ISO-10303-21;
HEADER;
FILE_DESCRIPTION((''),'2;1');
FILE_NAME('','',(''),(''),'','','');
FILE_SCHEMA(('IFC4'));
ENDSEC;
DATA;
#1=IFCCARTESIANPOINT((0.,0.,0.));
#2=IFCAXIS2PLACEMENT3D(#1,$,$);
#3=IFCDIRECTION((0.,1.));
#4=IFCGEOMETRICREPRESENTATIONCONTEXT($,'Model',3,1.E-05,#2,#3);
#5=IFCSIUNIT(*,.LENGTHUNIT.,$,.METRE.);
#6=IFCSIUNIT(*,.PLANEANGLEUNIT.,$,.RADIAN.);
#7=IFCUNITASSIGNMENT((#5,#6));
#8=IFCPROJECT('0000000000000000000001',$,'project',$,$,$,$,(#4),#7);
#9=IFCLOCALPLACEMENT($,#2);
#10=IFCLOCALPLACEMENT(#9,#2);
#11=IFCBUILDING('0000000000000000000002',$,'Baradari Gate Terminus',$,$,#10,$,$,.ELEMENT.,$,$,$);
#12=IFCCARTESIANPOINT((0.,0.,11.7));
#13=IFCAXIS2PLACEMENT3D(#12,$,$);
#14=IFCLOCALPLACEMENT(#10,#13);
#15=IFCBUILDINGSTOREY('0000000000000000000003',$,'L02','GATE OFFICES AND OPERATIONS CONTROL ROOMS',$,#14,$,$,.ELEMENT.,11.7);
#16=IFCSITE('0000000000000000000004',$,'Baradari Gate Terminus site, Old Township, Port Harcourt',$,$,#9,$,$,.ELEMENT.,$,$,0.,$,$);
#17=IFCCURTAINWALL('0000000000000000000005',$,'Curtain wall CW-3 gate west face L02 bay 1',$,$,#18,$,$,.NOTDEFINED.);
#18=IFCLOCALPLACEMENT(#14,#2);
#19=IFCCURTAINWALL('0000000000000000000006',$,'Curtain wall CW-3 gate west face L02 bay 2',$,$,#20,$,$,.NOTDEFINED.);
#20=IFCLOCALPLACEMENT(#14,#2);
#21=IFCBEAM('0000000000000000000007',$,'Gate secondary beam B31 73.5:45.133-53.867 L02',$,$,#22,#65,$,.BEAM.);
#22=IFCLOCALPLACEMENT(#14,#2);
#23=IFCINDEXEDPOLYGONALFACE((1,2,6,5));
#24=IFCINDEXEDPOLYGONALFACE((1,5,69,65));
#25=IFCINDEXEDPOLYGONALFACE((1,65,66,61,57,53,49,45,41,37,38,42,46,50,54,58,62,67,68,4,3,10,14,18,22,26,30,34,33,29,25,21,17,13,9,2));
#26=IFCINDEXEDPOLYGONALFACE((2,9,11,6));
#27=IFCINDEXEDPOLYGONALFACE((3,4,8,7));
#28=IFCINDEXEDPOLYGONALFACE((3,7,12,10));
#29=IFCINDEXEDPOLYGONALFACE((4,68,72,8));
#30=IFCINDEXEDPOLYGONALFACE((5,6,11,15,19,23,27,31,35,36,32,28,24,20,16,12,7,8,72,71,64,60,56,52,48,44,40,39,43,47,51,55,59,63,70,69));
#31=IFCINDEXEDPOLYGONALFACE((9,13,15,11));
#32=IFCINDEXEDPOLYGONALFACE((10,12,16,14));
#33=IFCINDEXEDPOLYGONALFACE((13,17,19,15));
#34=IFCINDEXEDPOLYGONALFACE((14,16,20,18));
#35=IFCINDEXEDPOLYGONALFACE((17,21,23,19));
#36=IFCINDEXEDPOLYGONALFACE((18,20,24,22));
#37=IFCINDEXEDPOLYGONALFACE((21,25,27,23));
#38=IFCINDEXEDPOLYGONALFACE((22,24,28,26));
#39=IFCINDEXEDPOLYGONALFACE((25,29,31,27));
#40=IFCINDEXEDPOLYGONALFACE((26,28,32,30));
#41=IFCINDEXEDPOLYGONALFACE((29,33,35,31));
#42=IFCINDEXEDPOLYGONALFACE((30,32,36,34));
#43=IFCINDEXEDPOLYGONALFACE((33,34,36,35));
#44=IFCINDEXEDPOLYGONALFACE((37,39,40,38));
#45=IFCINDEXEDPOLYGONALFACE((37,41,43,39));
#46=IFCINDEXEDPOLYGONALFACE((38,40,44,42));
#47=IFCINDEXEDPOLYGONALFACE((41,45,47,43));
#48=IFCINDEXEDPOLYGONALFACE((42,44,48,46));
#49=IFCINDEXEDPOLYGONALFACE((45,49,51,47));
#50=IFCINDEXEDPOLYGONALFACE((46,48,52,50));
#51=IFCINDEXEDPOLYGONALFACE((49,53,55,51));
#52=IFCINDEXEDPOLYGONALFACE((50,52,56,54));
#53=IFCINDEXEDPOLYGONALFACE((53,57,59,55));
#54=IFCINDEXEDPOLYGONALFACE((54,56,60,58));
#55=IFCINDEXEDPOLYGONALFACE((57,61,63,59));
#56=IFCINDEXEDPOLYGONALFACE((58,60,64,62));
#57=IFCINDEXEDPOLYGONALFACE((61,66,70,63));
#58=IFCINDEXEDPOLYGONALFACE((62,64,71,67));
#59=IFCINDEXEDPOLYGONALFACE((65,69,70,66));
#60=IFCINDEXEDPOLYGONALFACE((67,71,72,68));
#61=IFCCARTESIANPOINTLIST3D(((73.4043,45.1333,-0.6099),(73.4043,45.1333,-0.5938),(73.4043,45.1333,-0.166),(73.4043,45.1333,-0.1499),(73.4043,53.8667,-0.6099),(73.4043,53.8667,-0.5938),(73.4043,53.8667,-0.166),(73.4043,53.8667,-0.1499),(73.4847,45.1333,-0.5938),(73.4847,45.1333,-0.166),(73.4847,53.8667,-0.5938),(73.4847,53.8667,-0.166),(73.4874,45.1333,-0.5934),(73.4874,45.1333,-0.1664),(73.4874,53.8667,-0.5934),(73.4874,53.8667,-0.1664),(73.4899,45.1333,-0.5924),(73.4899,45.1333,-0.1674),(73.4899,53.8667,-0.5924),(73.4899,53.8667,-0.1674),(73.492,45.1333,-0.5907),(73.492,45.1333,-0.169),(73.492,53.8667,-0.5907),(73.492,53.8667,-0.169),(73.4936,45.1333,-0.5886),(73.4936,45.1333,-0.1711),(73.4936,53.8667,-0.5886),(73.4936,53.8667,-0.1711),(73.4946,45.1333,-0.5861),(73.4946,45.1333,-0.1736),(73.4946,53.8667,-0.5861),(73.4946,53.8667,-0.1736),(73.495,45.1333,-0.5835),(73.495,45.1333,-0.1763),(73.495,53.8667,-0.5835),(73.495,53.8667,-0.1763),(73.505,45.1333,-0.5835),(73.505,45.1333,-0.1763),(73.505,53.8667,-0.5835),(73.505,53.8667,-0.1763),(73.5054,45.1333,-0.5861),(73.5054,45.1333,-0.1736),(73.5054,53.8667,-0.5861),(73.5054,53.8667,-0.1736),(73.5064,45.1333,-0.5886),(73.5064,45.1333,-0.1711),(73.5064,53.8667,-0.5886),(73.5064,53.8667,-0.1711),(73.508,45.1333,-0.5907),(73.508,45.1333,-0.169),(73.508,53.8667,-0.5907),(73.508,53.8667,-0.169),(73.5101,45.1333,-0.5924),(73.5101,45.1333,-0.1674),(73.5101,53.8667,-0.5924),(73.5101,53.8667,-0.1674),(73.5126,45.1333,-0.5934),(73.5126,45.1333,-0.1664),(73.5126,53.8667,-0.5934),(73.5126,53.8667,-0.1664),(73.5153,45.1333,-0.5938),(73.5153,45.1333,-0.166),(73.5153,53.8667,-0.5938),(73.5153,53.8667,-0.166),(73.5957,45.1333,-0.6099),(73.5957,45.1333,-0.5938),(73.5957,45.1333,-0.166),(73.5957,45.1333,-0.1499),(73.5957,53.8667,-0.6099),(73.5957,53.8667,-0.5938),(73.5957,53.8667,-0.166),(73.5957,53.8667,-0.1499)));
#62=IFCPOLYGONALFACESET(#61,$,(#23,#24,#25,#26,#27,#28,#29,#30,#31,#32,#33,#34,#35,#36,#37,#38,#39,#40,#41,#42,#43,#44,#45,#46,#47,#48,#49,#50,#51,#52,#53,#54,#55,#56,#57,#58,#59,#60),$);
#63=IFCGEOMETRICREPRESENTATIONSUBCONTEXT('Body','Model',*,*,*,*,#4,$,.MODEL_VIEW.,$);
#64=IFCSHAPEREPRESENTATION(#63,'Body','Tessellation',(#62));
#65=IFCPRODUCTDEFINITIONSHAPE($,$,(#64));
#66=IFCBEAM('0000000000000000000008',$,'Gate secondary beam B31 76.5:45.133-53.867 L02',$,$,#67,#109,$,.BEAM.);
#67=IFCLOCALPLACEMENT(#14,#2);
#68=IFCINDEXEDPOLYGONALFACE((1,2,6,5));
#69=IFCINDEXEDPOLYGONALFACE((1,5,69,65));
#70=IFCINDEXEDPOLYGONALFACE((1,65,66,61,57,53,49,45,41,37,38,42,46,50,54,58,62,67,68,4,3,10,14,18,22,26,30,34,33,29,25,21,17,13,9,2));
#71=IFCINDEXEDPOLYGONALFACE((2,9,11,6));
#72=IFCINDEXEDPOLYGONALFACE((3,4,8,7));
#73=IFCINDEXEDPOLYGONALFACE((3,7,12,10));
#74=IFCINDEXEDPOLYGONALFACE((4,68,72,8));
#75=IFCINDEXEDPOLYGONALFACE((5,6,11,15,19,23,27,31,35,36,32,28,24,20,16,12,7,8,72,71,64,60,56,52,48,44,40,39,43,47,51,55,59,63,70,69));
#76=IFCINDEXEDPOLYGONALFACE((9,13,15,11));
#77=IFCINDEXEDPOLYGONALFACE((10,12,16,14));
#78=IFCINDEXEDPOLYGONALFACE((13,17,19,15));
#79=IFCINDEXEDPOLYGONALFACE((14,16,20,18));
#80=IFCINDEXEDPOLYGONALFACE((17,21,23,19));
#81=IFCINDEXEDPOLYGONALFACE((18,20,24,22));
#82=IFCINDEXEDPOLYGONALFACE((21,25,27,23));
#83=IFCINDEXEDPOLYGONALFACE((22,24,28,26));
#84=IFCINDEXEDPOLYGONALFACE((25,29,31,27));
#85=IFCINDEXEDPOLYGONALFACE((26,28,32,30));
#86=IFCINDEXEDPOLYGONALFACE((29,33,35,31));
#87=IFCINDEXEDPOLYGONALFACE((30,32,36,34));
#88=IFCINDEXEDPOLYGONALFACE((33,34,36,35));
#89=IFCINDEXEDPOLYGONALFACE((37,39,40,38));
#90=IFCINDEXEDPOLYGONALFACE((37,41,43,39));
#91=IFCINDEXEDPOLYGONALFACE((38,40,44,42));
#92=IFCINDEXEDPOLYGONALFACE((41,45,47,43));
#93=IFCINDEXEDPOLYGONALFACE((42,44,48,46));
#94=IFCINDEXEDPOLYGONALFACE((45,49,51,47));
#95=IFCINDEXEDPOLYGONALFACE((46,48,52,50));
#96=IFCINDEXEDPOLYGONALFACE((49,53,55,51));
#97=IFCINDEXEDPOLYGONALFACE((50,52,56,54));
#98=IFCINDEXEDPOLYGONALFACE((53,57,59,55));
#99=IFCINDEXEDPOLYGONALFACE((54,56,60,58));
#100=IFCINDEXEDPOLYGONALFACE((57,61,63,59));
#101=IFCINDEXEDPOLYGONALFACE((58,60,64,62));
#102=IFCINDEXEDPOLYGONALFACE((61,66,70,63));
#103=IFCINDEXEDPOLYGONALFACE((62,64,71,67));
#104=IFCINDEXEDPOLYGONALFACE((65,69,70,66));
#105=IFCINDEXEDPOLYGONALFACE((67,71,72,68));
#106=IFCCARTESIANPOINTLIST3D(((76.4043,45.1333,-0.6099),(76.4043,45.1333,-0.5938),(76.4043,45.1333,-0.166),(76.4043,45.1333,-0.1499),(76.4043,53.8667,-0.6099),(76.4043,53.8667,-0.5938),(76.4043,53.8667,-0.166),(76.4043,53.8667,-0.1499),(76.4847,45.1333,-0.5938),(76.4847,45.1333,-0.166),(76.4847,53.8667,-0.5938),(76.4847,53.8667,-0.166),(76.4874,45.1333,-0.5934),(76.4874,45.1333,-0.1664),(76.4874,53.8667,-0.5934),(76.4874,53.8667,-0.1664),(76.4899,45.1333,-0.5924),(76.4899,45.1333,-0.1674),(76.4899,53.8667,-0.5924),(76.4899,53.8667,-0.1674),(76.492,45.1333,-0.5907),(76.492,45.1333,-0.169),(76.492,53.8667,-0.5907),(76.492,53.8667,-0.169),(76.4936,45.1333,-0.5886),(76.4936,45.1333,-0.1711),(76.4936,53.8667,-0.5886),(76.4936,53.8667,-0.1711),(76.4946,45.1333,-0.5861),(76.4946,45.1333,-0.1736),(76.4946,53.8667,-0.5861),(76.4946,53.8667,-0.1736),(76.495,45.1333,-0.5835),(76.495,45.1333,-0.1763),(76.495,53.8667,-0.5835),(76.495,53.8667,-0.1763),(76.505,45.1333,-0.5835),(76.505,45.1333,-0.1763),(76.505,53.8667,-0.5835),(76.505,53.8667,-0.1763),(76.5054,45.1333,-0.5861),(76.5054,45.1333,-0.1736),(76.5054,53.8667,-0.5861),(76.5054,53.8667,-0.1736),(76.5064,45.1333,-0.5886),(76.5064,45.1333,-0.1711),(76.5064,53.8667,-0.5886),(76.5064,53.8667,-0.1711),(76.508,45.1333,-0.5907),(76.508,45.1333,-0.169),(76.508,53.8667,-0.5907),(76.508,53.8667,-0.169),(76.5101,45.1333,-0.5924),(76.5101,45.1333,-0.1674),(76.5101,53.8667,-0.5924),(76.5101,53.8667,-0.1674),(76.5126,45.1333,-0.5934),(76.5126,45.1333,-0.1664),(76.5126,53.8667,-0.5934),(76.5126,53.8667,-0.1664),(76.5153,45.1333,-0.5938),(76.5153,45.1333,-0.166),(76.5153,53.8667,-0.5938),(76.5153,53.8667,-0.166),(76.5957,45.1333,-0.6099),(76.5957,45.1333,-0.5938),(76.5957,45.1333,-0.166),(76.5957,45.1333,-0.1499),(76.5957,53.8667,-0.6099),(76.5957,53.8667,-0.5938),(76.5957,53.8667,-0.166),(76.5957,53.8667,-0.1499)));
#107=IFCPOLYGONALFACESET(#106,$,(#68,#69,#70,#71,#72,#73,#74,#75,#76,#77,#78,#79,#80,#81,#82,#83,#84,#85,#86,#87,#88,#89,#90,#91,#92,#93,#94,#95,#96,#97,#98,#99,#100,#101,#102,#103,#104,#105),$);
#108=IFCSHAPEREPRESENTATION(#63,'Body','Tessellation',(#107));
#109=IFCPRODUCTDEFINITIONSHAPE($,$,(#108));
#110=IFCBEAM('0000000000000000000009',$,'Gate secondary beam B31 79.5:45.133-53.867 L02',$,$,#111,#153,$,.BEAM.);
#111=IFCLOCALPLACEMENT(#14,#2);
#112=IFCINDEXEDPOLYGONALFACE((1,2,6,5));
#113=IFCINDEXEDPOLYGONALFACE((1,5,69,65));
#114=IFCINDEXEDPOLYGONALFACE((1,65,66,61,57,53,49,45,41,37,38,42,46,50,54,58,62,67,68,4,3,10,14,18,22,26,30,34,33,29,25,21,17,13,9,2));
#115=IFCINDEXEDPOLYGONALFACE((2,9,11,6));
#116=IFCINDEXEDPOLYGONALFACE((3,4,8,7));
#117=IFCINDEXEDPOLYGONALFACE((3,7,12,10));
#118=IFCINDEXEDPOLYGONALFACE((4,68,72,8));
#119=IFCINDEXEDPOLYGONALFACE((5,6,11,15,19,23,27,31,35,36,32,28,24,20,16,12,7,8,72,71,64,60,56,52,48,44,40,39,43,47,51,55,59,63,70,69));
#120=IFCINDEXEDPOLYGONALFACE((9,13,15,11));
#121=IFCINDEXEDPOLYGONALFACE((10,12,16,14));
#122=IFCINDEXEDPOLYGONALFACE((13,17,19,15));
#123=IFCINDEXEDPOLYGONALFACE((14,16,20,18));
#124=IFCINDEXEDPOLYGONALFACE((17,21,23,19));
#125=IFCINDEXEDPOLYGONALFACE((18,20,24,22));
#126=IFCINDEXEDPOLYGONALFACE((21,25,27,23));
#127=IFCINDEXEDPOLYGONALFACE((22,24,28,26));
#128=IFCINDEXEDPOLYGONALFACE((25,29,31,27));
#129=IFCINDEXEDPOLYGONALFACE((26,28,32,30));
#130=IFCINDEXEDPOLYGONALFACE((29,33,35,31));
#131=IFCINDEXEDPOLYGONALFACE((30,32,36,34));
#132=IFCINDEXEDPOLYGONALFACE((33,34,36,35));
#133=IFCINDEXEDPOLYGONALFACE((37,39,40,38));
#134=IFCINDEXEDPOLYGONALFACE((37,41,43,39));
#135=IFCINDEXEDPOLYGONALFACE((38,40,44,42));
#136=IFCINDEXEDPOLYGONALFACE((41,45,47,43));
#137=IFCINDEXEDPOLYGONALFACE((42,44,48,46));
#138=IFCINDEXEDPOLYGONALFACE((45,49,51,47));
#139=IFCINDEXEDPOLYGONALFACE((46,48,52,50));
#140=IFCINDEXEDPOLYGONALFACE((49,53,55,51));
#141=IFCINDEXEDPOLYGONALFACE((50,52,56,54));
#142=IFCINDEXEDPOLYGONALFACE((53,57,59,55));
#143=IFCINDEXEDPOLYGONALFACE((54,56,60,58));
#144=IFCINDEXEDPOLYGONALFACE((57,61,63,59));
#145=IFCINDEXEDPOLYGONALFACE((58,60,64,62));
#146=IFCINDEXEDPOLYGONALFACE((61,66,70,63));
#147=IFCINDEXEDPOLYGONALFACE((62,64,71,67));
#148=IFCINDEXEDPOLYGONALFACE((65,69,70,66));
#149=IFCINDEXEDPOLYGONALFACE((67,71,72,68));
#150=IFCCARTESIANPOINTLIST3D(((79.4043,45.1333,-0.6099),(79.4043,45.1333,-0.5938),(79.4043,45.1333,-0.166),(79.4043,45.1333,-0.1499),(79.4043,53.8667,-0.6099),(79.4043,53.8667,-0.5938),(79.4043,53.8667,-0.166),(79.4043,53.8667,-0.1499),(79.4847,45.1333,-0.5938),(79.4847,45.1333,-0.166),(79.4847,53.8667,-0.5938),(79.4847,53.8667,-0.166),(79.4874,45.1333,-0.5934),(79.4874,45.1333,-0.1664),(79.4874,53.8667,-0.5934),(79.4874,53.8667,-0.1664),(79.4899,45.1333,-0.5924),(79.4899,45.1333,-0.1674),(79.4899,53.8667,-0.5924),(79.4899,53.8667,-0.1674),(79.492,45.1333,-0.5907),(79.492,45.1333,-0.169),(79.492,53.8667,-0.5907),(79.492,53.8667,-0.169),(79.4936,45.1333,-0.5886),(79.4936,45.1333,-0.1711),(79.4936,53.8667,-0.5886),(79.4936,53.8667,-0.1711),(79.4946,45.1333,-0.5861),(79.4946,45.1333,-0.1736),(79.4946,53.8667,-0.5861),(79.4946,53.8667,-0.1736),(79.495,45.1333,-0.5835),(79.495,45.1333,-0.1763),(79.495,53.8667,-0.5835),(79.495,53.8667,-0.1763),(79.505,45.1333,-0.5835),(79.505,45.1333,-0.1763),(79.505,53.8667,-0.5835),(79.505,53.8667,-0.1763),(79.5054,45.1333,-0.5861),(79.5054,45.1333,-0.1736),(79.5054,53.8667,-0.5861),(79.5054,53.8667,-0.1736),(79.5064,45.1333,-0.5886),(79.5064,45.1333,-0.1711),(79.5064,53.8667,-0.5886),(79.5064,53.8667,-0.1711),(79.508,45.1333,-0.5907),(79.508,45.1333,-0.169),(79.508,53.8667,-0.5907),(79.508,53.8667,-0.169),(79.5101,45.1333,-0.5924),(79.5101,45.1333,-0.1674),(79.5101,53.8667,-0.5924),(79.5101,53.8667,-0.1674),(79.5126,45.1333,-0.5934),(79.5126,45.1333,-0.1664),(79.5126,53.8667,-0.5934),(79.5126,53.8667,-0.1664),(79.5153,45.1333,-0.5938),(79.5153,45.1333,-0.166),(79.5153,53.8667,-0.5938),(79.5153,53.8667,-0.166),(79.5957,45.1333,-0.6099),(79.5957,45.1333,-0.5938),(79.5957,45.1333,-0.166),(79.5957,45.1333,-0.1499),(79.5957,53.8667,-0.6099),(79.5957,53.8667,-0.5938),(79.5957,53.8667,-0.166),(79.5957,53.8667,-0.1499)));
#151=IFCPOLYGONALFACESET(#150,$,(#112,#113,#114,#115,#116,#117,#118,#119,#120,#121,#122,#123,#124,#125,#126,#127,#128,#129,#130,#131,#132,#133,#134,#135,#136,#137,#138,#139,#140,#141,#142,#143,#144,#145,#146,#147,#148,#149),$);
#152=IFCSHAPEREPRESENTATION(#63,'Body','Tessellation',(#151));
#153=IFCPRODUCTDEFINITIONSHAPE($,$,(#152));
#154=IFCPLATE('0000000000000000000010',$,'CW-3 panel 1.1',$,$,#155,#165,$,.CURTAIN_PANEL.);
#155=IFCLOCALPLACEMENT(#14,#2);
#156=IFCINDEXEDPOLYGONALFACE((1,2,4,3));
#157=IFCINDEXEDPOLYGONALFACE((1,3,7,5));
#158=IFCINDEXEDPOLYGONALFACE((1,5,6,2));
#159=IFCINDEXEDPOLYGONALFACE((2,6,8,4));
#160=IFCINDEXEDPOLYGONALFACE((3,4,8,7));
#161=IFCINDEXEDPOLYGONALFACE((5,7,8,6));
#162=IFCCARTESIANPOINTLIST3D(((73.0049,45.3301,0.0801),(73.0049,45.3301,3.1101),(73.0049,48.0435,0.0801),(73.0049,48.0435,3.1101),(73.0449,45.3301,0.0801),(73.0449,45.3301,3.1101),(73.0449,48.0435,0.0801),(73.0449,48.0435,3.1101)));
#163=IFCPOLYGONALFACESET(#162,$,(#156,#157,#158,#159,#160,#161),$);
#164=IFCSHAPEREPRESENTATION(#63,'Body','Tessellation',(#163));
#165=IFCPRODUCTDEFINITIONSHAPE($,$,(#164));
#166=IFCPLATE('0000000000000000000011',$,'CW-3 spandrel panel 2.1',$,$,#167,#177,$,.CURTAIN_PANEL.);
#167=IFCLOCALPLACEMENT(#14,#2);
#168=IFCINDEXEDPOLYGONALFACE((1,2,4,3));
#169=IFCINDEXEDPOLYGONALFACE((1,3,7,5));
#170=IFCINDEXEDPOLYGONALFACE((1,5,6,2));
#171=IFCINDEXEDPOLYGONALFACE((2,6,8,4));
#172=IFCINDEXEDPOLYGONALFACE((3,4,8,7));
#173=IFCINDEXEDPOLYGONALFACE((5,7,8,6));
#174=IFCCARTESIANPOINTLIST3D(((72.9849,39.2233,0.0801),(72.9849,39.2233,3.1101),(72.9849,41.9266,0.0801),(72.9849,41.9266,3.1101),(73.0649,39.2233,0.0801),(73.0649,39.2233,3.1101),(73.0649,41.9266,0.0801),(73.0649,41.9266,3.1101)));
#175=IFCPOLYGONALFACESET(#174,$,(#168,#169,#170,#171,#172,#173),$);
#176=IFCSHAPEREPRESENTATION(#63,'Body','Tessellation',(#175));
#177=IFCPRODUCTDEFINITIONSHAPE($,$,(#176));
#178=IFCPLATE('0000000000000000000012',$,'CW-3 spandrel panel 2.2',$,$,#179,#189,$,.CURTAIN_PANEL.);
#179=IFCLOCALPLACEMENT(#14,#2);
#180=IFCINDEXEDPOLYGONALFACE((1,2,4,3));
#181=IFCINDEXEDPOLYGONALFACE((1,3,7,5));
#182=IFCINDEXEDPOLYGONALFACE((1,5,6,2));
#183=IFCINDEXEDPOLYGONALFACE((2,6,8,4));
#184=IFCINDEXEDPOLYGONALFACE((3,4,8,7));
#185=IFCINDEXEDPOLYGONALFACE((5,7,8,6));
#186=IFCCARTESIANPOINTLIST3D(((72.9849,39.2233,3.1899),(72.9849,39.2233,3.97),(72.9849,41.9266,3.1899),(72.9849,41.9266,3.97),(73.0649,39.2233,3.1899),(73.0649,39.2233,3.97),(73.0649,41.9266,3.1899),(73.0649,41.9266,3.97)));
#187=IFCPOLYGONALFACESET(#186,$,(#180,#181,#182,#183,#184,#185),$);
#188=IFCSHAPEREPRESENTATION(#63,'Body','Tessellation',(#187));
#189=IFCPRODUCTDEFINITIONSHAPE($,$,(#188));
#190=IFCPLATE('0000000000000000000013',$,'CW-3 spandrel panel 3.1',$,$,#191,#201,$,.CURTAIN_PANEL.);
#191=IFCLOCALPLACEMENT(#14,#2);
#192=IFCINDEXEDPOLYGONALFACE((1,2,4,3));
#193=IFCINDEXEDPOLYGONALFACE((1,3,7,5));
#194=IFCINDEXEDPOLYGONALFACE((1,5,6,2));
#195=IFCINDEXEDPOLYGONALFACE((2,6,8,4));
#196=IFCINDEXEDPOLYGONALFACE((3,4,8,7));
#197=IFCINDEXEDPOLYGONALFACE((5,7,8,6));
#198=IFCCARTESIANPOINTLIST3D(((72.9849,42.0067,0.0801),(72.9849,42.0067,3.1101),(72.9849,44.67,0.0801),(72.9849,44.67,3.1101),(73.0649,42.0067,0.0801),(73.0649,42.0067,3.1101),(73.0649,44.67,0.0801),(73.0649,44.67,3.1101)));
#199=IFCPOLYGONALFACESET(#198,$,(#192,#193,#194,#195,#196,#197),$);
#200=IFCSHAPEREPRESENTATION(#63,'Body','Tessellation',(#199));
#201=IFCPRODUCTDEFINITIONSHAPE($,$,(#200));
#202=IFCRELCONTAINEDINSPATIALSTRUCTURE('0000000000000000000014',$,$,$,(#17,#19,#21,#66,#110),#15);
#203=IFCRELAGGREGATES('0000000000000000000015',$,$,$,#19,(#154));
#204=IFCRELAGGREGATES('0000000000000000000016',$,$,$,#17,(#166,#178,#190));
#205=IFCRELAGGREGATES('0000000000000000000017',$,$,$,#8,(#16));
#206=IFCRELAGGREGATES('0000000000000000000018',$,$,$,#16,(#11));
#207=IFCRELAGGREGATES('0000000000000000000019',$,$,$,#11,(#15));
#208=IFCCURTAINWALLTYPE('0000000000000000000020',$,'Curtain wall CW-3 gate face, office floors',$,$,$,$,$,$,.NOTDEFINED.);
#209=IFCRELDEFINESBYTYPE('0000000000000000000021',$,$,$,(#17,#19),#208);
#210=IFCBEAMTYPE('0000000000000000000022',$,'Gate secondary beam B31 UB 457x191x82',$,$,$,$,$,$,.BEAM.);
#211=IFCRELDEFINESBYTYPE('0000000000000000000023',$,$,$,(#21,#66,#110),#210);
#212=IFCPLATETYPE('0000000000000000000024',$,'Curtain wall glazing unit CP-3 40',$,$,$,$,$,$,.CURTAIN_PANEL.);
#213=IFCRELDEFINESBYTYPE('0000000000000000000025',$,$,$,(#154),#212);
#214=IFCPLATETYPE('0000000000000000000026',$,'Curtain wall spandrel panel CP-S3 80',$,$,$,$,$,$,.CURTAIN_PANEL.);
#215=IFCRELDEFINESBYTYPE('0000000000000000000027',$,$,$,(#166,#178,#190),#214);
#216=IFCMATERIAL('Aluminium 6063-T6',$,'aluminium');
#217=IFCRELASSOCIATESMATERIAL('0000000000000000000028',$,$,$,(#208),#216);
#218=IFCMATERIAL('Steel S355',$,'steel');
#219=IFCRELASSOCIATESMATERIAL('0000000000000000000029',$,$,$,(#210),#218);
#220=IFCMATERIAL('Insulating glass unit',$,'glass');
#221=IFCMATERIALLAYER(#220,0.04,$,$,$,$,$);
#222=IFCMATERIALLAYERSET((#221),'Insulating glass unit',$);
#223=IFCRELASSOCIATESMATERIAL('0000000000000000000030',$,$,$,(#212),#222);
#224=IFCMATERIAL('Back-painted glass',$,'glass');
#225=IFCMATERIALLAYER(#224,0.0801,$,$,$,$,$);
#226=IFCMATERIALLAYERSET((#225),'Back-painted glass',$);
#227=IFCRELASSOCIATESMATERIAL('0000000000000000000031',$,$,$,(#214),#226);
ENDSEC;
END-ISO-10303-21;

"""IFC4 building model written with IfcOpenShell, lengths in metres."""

from ifc_helpers import new_model, si_unit, direction, frame, origin, origin_2d, place, context, subcontext, project, spatial, rectangle, i_section, extrude, material, layer, layer_set, material_profile, profile_set, type_object, element, aggregate, save


model = new_model("IFC4")

# Units and contexts
model_context = context("Model", 3, precision=1e-05, world=origin(), true_north=direction((0.0, 1.0)))
body_context = subcontext(model_context, "Body", "Model", "MODEL_VIEW")
ifc_project = project(units=[si_unit("LENGTHUNIT", "METRE"), si_unit("PLANEANGLEUNIT", "RADIAN")], contexts=[model_context])

# Site, building, storey
site_placement = place(None, origin())
site = spatial("IfcSite", under=ifc_project, at=site_placement, Name="Baradari Gate Terminus site, Old Township, Port Harcourt", CompositionType="ELEMENT", RefElevation=0.0)
building_placement = place(site_placement, origin())
building = spatial("IfcBuilding", under=site, at=building_placement, Name="Baradari Gate Terminus", CompositionType="ELEMENT")
storey_placement = place(building_placement, frame((0.0, 0.0, 11.7)))
storey = spatial("IfcBuildingStorey", under=building, at=storey_placement, Name="L02", Description="GATE OFFICES AND OPERATIONS CONTROL ROOMS", CompositionType="ELEMENT", Elevation=11.7)

# Curtain wall
ifc_material_1 = material(Name="Aluminium 6063-T6", Category="aluminium")
curtain_wall_type = type_object("IfcCurtainWallType", Name="Curtain wall CW-3 gate face, office floors", PredefinedType="NOTDEFINED", material=ifc_material_1)
curtain_wall_1_placement = place(storey_placement, origin())
curtain_wall_1 = element("IfcCurtainWall", 1, at=curtain_wall_1_placement, inside=storey, type_object=curtain_wall_type, Name="Curtain wall CW-3 gate west face L02 bay 1", PredefinedType="NOTDEFINED")

# Curtain wall
curtain_wall_2_placement = place(storey_placement, origin())
curtain_wall_2 = element("IfcCurtainWall", 2, at=curtain_wall_2_placement, inside=storey, type_object=curtain_wall_type, Name="Curtain wall CW-3 gate west face L02 bay 2", PredefinedType="NOTDEFINED")

# Beams
ifc_material_2 = material(Name="Steel S355", Category="steel")
ifc_material_profile_1 = material_profile(ifc_material_2, i_section(OverallWidth=0.1914, OverallDepth=0.46, WebThickness=0.01, FlangeThickness=0.0161, FilletRadius=0.0103, at=origin_2d()), Name="UB 457x191x82")
ifc_profile_set_1 = profile_set([ifc_material_profile_1], Name="Steel S355")
beam_type_1 = type_object("IfcBeamType", Name="Gate secondary beam B31 UB 457x191x82", PredefinedType="BEAM", material=ifc_profile_set_1)
for number, where, z_axis, x_axis, name in (
    (3, (73.5, 45.1333, -0.3799), (0.0, 1.0, 0.0), (-1.0, 0.0, 0.0), "Gate secondary beam B31 73.5:45.133-53.867 L02"),
    (4, (76.5, 45.1333, -0.3799), (0.0, 1.0, 0.0), (-1.0, 0.0, 0.0), "Gate secondary beam B31 76.5:45.133-53.867 L02"),
    (5, (79.5, 45.1333, -0.3799), (0.0, 1.0, 0.0), (-1.0, 0.0, 0.0), "Gate secondary beam B31 79.5:45.133-53.867 L02"),
):
    element("IfcBeam", number, at=place(storey_placement, frame(where, z_axis=z_axis, x_axis=x_axis)), inside=storey, type_object=beam_type_1, Name=name, PredefinedType="BEAM", context=body_context, shape_type="SweptSolid", body=[
        extrude(i_section(OverallWidth=0.1914, OverallDepth=0.46, WebThickness=0.01, FlangeThickness=0.0161, FilletRadius=0.0103, at=origin_2d()), origin(), (0.0, 0.0, 1.0), 8.7334),
    ])

# Plates
ifc_material_3 = material(Name="Insulating glass unit", Category="glass")
ifc_layer_1 = layer(ifc_material_3, 0.04)
ifc_layer_set_1 = layer_set([ifc_layer_1], Name="Insulating glass unit")
plate_type_1 = type_object("IfcPlateType", Name="Curtain wall glazing unit CP-3 40", PredefinedType="CURTAIN_PANEL", material=ifc_layer_set_1)
plate_1_placement = place(storey_placement, frame((73.0249, 46.6868, 0.0801), z_axis=(0.0, 0.0, 1.0), x_axis=(0.0, 1.0, 0.0)))
plate_1 = element("IfcPlate", 6, at=plate_1_placement, type_object=plate_type_1, Name="CW-3 panel 1.1", PredefinedType="CURTAIN_PANEL", context=body_context, shape_type="SweptSolid", body=[
    extrude(rectangle(XDim=2.7134, YDim=0.04, at=origin_2d()), origin(), (0.0, 0.0, 1.0), 3.03),
])
aggregate(curtain_wall_2, [plate_1])
ifc_material_4 = material(Name="Back-painted glass", Category="glass")
ifc_layer_2 = layer(ifc_material_4, 0.0801)
ifc_layer_set_2 = layer_set([ifc_layer_2], Name="Back-painted glass")
plate_type_2 = type_object("IfcPlateType", Name="Curtain wall spandrel panel CP-S3 80", PredefinedType="CURTAIN_PANEL", material=ifc_layer_set_2)
plate_2_placement = place(storey_placement, frame((73.0249, 40.575, 0.0801), z_axis=(0.0, 0.0, 1.0), x_axis=(0.0, 1.0, 0.0)))
plate_2 = element("IfcPlate", 7, at=plate_2_placement, type_object=plate_type_2, Name="CW-3 spandrel panel 2.1", PredefinedType="CURTAIN_PANEL", context=body_context, shape_type="SweptSolid", body=[
    extrude(rectangle(XDim=2.7034, YDim=0.0801, at=origin_2d()), origin(), (0.0, 0.0, 1.0), 3.03),
])
plate_3_placement = place(storey_placement, frame((73.0249, 40.575, 3.1899), z_axis=(0.0, 0.0, 1.0), x_axis=(0.0, 1.0, 0.0)))
plate_3 = element("IfcPlate", 8, at=plate_3_placement, type_object=plate_type_2, Name="CW-3 spandrel panel 2.2", PredefinedType="CURTAIN_PANEL", context=body_context, shape_type="SweptSolid", body=[
    extrude(rectangle(XDim=2.7034, YDim=0.0801, at=origin_2d()), origin(), (0.0, 0.0, 1.0), 0.78),
])
plate_4_placement = place(storey_placement, frame((73.0249, 43.3384, 0.0801), z_axis=(0.0, 0.0, 1.0), x_axis=(0.0, 1.0, 0.0)))
plate_4 = element("IfcPlate", 9, at=plate_4_placement, type_object=plate_type_2, Name="CW-3 spandrel panel 3.1", PredefinedType="CURTAIN_PANEL", context=body_context, shape_type="SweptSolid", body=[
    extrude(rectangle(XDim=2.6633, YDim=0.0801, at=origin_2d()), origin(), (0.0, 0.0, 1.0), 3.03),
])
aggregate(curtain_wall_1, [plate_2, plate_3, plate_4])

save(model, "model.ifc")
